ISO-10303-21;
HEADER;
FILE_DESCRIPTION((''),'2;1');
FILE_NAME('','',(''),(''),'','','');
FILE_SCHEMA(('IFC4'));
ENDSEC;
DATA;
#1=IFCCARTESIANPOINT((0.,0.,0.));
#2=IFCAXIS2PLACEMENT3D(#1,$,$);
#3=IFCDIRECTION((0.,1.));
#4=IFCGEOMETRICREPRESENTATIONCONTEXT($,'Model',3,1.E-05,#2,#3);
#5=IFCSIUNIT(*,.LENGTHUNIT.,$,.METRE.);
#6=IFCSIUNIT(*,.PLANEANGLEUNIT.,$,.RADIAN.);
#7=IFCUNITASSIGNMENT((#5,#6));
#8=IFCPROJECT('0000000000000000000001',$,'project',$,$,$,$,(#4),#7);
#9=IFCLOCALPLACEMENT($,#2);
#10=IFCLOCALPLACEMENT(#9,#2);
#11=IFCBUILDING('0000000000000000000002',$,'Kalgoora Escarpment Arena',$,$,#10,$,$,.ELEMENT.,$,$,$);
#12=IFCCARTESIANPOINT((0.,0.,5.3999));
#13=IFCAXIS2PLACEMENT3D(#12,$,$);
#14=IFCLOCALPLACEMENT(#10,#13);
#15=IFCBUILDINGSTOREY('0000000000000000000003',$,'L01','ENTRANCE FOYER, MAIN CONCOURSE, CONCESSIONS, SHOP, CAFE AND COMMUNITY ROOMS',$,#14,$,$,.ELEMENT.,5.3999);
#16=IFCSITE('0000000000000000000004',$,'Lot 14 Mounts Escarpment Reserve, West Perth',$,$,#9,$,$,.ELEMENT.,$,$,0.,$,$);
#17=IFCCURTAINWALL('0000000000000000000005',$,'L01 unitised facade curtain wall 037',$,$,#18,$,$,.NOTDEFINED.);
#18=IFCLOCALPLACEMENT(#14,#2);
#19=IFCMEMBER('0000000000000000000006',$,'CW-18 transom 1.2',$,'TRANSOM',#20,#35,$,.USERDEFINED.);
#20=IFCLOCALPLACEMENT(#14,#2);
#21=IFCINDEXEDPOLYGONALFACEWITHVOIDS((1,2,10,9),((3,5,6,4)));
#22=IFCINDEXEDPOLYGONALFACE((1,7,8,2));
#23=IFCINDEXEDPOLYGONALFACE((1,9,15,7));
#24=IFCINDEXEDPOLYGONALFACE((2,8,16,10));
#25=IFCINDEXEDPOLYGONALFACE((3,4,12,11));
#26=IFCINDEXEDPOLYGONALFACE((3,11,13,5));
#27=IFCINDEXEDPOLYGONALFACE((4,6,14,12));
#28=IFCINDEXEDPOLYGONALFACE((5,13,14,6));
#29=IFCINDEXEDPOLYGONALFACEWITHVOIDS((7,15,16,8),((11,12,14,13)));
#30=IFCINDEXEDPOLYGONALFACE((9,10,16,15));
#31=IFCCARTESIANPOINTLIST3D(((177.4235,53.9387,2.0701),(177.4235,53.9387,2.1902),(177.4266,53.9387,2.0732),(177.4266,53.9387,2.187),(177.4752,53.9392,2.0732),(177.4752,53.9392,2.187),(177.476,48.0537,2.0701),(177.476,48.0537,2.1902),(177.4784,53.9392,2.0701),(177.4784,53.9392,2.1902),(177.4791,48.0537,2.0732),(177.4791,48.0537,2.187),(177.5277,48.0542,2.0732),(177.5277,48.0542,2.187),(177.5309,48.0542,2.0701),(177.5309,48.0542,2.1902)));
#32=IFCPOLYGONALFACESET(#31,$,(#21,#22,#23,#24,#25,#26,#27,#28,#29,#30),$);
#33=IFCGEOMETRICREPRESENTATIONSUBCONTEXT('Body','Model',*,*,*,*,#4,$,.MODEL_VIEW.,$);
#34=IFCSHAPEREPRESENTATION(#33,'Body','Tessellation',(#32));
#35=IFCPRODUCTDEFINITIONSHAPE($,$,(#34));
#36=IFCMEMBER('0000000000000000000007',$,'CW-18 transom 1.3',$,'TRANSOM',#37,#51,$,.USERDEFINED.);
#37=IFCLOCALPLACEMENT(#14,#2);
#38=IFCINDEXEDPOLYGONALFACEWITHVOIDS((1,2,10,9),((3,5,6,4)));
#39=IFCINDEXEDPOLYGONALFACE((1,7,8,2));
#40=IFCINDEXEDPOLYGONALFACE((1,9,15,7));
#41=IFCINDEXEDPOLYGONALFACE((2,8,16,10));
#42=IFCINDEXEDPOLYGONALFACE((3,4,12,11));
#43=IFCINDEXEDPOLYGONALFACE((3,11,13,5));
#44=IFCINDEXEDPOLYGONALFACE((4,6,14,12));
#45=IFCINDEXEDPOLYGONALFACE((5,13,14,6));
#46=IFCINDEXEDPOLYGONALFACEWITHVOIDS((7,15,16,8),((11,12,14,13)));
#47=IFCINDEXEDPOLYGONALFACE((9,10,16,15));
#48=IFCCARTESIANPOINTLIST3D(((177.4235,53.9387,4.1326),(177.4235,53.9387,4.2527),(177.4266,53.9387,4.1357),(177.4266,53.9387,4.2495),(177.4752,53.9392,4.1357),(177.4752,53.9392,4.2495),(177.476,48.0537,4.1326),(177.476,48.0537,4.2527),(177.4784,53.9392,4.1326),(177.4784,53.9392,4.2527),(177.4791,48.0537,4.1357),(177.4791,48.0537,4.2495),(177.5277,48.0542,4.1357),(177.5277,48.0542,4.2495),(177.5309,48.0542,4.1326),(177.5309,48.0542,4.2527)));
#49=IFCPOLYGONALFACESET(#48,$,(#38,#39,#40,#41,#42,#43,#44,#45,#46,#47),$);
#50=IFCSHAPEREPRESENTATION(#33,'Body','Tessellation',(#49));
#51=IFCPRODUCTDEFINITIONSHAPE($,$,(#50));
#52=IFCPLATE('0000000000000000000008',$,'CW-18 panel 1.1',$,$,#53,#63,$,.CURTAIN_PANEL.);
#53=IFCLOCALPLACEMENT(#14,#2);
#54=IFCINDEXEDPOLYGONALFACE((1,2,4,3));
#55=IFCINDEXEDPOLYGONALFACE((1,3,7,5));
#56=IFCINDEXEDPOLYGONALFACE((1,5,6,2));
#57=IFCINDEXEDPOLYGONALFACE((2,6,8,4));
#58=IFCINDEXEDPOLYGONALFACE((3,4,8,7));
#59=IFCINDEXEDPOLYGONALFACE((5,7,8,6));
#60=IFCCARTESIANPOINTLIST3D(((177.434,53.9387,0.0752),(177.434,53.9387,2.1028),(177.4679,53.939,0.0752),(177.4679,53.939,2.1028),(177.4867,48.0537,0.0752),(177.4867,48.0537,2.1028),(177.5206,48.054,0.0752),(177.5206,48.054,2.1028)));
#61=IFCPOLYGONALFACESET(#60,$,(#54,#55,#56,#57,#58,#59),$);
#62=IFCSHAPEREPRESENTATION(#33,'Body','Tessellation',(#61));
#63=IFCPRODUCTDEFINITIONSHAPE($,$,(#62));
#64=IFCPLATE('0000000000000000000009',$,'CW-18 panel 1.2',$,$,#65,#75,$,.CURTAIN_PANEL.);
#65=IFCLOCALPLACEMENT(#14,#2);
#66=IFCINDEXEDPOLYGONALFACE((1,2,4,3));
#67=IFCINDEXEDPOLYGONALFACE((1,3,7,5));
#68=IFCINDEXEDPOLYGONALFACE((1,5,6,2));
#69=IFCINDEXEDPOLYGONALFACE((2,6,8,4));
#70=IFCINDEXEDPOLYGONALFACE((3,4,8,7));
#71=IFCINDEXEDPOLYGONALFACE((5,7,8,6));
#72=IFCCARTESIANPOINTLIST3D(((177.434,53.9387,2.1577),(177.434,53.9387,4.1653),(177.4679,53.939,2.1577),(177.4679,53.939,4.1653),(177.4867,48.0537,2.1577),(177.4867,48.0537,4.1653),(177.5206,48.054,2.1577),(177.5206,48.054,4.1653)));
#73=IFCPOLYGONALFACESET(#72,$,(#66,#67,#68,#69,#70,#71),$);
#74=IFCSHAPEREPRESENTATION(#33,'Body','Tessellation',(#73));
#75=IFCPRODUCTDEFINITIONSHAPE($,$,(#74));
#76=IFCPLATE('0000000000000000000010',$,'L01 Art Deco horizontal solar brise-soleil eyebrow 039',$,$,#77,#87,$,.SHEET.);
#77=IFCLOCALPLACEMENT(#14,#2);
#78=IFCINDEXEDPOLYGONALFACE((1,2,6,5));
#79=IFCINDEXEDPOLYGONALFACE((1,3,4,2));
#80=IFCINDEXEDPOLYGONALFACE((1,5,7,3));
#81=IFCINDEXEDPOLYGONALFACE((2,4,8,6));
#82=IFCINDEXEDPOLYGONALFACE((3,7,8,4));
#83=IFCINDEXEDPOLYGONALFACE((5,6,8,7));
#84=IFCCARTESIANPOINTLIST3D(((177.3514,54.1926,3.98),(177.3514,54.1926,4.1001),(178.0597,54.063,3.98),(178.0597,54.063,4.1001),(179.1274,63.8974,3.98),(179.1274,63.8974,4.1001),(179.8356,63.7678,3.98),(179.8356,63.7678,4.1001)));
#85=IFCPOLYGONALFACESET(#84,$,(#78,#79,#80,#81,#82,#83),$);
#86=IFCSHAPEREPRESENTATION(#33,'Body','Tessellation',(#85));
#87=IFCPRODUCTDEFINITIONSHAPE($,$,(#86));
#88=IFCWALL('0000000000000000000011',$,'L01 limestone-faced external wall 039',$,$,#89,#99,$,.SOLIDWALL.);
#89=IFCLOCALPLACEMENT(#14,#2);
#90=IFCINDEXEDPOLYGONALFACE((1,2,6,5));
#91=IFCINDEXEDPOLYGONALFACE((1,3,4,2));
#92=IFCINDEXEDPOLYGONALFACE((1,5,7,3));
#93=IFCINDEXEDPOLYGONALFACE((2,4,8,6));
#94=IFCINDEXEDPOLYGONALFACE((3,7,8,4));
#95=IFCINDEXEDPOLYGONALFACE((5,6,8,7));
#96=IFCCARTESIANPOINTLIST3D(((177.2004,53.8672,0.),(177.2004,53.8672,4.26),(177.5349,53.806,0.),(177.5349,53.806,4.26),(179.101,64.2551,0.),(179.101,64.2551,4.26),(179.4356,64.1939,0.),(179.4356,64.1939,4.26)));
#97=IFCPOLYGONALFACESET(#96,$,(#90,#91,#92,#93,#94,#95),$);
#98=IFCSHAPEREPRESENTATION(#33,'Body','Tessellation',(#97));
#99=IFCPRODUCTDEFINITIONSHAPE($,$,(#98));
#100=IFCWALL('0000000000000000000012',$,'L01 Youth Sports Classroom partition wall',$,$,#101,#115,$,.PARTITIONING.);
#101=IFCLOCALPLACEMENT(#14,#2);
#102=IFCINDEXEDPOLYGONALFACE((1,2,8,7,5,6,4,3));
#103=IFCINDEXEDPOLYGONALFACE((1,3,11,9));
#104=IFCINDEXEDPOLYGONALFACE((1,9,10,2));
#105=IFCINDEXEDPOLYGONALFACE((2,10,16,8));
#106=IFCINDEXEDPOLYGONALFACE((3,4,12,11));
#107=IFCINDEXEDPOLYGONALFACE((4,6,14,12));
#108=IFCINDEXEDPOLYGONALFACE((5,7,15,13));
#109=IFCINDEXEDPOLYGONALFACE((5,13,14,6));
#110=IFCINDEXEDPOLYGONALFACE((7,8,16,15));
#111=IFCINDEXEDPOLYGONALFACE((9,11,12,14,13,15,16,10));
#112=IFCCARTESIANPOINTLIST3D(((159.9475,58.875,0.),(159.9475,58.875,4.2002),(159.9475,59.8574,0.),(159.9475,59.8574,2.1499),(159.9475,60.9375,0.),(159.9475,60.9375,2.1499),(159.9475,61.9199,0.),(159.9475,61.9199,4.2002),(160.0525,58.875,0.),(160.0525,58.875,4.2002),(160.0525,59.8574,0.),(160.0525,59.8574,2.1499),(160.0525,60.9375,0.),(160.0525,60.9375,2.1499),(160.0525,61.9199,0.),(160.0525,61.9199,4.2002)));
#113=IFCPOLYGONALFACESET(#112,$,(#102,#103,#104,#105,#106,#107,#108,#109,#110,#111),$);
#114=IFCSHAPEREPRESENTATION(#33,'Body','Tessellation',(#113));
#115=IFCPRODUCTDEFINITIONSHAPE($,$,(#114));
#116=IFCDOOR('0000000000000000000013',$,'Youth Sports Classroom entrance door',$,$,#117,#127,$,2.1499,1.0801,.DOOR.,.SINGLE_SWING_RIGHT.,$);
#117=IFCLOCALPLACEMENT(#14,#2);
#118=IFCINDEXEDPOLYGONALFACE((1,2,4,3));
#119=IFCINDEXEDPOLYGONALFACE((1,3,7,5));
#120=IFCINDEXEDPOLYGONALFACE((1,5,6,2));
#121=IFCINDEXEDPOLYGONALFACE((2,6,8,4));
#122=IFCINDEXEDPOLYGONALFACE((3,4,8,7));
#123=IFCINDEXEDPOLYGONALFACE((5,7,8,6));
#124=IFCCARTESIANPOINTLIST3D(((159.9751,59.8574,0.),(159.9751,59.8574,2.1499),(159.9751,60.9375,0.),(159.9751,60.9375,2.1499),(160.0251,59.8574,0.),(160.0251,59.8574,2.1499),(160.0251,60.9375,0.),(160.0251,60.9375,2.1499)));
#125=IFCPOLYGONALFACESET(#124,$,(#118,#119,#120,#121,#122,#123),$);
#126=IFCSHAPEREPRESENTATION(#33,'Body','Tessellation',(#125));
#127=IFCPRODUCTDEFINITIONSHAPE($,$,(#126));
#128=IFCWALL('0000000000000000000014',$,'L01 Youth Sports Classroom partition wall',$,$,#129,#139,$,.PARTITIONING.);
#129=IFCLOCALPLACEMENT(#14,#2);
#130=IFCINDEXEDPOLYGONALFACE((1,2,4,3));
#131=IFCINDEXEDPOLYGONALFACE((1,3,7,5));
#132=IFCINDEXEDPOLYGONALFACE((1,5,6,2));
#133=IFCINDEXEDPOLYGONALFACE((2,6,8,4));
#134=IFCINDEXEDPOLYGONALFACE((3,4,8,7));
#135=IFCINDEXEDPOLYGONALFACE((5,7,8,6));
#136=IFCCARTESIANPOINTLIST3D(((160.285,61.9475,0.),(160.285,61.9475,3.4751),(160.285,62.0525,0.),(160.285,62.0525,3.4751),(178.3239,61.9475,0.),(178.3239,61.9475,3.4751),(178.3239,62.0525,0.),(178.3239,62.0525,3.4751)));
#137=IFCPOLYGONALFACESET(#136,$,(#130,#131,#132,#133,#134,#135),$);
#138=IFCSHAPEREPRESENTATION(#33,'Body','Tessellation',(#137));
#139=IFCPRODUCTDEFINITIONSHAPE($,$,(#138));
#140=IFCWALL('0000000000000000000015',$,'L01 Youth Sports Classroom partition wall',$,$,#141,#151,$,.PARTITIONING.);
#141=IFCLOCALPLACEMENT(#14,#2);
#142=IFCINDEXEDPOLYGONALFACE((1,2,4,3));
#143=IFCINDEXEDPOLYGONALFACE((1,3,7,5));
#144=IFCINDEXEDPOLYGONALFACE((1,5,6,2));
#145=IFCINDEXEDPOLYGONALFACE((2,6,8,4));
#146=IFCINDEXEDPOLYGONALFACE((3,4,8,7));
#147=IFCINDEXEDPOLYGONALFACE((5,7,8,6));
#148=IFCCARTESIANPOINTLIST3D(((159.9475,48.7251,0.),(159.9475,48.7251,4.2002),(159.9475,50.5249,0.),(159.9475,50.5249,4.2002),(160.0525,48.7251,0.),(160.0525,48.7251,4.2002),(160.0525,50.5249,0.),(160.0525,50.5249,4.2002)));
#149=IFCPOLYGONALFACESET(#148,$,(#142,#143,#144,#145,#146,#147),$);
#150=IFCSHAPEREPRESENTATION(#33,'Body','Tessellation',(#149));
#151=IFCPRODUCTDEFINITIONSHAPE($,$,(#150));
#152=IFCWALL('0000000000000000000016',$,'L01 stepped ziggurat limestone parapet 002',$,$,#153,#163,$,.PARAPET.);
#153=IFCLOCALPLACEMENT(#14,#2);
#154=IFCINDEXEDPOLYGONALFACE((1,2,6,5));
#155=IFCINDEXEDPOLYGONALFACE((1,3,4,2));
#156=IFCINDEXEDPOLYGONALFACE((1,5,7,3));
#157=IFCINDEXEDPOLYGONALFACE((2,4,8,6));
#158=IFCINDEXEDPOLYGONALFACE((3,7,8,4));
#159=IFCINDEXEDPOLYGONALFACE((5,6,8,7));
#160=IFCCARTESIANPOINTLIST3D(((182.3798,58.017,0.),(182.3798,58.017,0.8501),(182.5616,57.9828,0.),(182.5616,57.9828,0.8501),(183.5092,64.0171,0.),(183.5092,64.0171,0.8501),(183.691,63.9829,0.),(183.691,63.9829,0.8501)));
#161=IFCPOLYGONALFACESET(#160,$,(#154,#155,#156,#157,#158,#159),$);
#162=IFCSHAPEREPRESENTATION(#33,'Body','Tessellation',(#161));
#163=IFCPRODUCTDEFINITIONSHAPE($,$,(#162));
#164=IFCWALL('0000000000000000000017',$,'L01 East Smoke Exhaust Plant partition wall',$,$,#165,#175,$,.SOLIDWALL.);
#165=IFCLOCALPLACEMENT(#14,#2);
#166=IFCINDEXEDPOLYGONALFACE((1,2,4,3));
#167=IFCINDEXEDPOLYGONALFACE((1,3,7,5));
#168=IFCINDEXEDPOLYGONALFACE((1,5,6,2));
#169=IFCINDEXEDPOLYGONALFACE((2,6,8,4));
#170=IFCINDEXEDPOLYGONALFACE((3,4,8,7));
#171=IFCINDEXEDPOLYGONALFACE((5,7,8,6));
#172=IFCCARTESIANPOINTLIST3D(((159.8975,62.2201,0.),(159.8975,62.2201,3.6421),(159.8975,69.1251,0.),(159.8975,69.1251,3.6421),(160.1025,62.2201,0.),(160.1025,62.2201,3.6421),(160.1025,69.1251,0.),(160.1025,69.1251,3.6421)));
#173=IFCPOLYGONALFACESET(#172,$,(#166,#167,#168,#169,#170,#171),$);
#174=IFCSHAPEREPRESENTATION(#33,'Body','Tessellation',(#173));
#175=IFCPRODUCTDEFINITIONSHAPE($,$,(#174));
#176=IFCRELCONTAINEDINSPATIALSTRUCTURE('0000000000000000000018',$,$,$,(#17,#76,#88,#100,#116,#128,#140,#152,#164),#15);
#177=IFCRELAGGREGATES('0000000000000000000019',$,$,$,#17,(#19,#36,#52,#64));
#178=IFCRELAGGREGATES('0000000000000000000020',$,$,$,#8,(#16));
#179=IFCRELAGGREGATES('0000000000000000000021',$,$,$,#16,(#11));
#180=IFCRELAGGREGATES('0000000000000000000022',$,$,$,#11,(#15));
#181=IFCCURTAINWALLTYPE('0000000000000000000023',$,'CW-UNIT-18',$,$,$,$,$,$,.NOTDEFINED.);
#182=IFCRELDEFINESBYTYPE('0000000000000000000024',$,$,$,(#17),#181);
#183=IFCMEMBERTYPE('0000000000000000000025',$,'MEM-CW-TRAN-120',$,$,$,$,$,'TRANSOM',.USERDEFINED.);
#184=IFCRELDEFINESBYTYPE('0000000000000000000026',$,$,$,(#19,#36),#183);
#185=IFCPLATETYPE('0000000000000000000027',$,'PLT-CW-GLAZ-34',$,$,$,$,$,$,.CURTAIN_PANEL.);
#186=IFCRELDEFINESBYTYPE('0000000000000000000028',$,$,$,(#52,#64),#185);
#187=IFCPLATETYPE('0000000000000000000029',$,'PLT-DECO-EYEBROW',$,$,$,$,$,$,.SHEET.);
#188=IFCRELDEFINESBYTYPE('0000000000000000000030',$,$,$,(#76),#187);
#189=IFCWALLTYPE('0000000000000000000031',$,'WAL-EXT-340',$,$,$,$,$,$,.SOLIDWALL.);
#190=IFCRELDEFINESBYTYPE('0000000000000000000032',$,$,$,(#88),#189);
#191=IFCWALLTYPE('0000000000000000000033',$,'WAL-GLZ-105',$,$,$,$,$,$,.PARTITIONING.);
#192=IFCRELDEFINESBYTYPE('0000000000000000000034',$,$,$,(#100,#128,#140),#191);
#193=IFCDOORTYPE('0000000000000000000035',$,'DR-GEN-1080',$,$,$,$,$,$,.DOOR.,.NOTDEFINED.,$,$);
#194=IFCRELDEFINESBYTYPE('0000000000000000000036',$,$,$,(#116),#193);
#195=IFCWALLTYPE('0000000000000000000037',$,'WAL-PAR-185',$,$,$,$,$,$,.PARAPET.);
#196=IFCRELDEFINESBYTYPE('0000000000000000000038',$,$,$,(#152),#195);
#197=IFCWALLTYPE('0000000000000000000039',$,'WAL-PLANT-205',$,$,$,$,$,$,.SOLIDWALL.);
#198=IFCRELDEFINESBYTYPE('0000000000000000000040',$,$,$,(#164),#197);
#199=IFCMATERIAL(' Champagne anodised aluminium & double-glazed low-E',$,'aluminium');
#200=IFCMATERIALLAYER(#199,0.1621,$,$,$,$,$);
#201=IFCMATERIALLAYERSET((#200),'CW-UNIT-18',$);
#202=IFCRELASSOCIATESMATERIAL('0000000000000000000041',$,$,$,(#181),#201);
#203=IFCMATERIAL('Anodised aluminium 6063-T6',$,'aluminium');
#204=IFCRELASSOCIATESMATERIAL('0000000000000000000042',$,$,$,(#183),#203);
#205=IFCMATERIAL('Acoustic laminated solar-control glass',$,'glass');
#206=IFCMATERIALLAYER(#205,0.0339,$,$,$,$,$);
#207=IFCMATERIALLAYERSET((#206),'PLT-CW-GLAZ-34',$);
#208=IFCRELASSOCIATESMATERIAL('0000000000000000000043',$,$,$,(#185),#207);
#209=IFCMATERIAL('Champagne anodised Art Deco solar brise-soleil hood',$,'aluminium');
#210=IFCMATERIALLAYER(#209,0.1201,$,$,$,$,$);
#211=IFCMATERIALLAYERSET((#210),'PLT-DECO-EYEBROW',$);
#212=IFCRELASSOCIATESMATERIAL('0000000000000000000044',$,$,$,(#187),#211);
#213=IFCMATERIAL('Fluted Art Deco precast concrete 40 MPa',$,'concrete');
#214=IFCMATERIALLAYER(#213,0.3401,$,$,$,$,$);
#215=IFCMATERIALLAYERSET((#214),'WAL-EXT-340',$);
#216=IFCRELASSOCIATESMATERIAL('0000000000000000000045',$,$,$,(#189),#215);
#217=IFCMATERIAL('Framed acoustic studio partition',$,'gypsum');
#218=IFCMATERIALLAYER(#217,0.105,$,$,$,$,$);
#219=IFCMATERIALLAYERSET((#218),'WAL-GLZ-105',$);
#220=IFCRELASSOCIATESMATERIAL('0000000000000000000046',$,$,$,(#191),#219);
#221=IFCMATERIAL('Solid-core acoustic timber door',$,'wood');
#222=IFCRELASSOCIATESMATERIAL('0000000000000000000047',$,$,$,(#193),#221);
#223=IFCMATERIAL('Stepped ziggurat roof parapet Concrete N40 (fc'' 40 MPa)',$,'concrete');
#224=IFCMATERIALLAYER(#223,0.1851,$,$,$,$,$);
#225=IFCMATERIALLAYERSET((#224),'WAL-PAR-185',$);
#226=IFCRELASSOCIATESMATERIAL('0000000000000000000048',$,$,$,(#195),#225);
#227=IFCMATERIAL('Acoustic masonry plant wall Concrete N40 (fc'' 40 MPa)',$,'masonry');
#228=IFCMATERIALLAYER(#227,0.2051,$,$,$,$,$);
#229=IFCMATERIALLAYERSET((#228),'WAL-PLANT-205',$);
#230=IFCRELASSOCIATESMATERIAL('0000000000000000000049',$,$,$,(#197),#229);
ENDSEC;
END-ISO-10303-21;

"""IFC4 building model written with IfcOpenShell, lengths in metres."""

from ifc_helpers import new_model, si_unit, direction, frame, frame_2d, origin, origin_2d, place, context, subcontext, project, spatial, rectangle, hollow_rectangle, extrude, material, layer, layer_set, material_profile, profile_set, type_object, element, fill, aggregate, save


model = new_model("IFC4")

# Units and contexts
model_context = context("Model", 3, precision=1e-05, world=origin(), true_north=direction((0.0, 1.0)))
body_context = subcontext(model_context, "Body", "Model", "MODEL_VIEW")
ifc_project = project(units=[si_unit("LENGTHUNIT", "METRE"), si_unit("PLANEANGLEUNIT", "RADIAN")], contexts=[model_context])

# Site, building, storey
site_placement = place(None, origin())
site = spatial("IfcSite", under=ifc_project, at=site_placement, Name="Lot 14 Mounts Escarpment Reserve, West Perth", CompositionType="ELEMENT", RefElevation=0.0)
building_placement = place(site_placement, origin())
building = spatial("IfcBuilding", under=site, at=building_placement, Name="Kalgoora Escarpment Arena", CompositionType="ELEMENT")
storey_placement = place(building_placement, frame((0.0, 0.0, 5.3999)))
storey = spatial("IfcBuildingStorey", under=building, at=storey_placement, Name="L01", Description="ENTRANCE FOYER, MAIN CONCOURSE, CONCESSIONS, SHOP, CAFE AND COMMUNITY ROOMS", CompositionType="ELEMENT", Elevation=5.3999)

# Curtain wall, members, plates
ifc_material_1 = material(Name=" Champagne anodised aluminium & double-glazed low-E", Category="aluminium")
ifc_layer_1 = layer(ifc_material_1, 0.1621)
ifc_layer_set_1 = layer_set([ifc_layer_1], Name="CW-UNIT-18")
curtain_wall_type_1 = type_object("IfcCurtainWallType", Name="CW-UNIT-18", PredefinedType="NOTDEFINED", material=ifc_layer_set_1)
curtain_wall_1_placement = place(storey_placement, origin())
curtain_wall_1 = element("IfcCurtainWall", 1, at=curtain_wall_1_placement, inside=storey, type_object=curtain_wall_type_1, Name="L01 unitised facade curtain wall 037", PredefinedType="NOTDEFINED")
ifc_material_2 = material(Name="Anodised aluminium 6063-T6", Category="aluminium")
ifc_material_profile_1 = material_profile(ifc_material_2, hollow_rectangle(XDim=0.0549, YDim=0.1201, WallThickness=0.0032, at=origin_2d()))
ifc_profile_set_1 = profile_set([ifc_material_profile_1], Name="Anodised aluminium 6063-T6")
member_type_1 = type_object("IfcMemberType", Name="MEM-CW-TRAN-120", ElementType="TRANSOM", PredefinedType="USERDEFINED", material=ifc_profile_set_1)
member_1_placement = place(storey_placement, frame((177.4509, 53.939, 2.1301), z_axis=(0.008919, -0.99996, 0.0), x_axis=(0.99996, 0.008919, 0.0)))
member_1 = element("IfcMember", 2, at=member_1_placement, type_object=member_type_1, Name="CW-18 transom 1.2", ObjectType="TRANSOM", PredefinedType="USERDEFINED", context=body_context, shape_type="SweptSolid", body=[
    extrude(hollow_rectangle(XDim=0.0549, YDim=0.1201, WallThickness=0.0032, at=origin_2d()), origin(), (0.0, 0.0, 1.0), 5.8853),
])
member_2_placement = place(storey_placement, frame((177.4509, 53.939, 4.1926), z_axis=(0.008919, -0.99996, 0.0), x_axis=(0.99996, 0.008919, 0.0)))
member_2 = element("IfcMember", 3, at=member_2_placement, type_object=member_type_1, Name="CW-18 transom 1.3", ObjectType="TRANSOM", PredefinedType="USERDEFINED", context=body_context, shape_type="SweptSolid", body=[
    extrude(hollow_rectangle(XDim=0.0549, YDim=0.1201, WallThickness=0.0032, at=origin_2d()), origin(), (0.0, 0.0, 1.0), 5.8853),
])
ifc_material_3 = material(Name="Acoustic laminated solar-control glass", Category="glass")
ifc_layer_2 = layer(ifc_material_3, 0.0339)
ifc_layer_set_2 = layer_set([ifc_layer_2], Name="PLT-CW-GLAZ-34")
plate_type_1 = type_object("IfcPlateType", Name="PLT-CW-GLAZ-34", PredefinedType="CURTAIN_PANEL", material=ifc_layer_set_2)
plate_1_placement = place(storey_placement, frame((177.4773, 50.9963, 0.0752), z_axis=(0.0, 0.0, 1.0), x_axis=(0.008954, -0.99996, 0.0)))
plate_1 = element("IfcPlate", 4, at=plate_1_placement, type_object=plate_type_1, Name="CW-18 panel 1.1", PredefinedType="CURTAIN_PANEL", context=body_context, shape_type="SweptSolid", body=[
    extrude(rectangle(XDim=5.8853, YDim=0.0339, at=origin_2d()), origin(), (0.0, 0.0, 1.0), 2.0276),
])
plate_2_placement = place(storey_placement, frame((177.4773, 50.9963, 2.1577), z_axis=(0.0, 0.0, 1.0), x_axis=(0.008954, -0.99996, 0.0)))
plate_2 = element("IfcPlate", 5, at=plate_2_placement, type_object=plate_type_1, Name="CW-18 panel 1.2", PredefinedType="CURTAIN_PANEL", context=body_context, shape_type="SweptSolid", body=[
    extrude(rectangle(XDim=5.8853, YDim=0.0339, at=origin_2d()), origin(), (0.0, 0.0, 1.0), 2.0076),
])
aggregate(curtain_wall_1, [member_1, member_2, plate_1, plate_2])

# Plate
ifc_material_4 = material(Name="Champagne anodised Art Deco solar brise-soleil hood", Category="aluminium")
ifc_layer_3 = layer(ifc_material_4, 0.1201)
ifc_layer_set_3 = layer_set([ifc_layer_3], Name="PLT-DECO-EYEBROW")
plate_type_2 = type_object("IfcPlateType", Name="PLT-DECO-EYEBROW", PredefinedType="SHEET", material=ifc_layer_set_3)
plate_3_placement = place(storey_placement, frame((178.5935, 58.9802, 3.98), z_axis=(0.0, 0.0, 1.0), x_axis=(-0.180004, -0.983666, 0.0)))
element("IfcPlate", 6, at=plate_3_placement, inside=storey, type_object=plate_type_2, Name="L01 Art Deco horizontal solar brise-soleil eyebrow 039", PredefinedType="SHEET", context=body_context, shape_type="SweptSolid", body=[
    extrude(rectangle(XDim=9.866, YDim=0.72, at=origin_2d()), origin(), (0.0, 0.0, 1.0), 0.1201),
])

# Wall
ifc_material_5 = material(Name="Fluted Art Deco precast concrete 40 MPa", Category="concrete")
ifc_layer_4 = layer(ifc_material_5, 0.3401)
ifc_layer_set_4 = layer_set([ifc_layer_4], Name="WAL-EXT-340")
wall_type_1 = type_object("IfcWallType", Name="WAL-EXT-340", PredefinedType="SOLIDWALL", material=ifc_layer_set_4)
wall_1_placement = place(storey_placement, frame((179.2683, 64.2246, 0.0), z_axis=(0.0, 0.0, 1.0), x_axis=(-0.179978, -0.983671, 0.0)))
element("IfcWall", 7, at=wall_1_placement, inside=storey, type_object=wall_type_1, Name="L01 limestone-faced external wall 039", PredefinedType="SOLIDWALL", context=body_context, shape_type="SweptSolid", body=[
    extrude(rectangle(XDim=10.5603, YDim=0.3401, at=frame_2d((5.2803, 0.0))), origin(), (0.0, 0.0, 1.0), 4.26),
])

# Wall, opening, door
ifc_material_6 = material(Name="Framed acoustic studio partition", Category="gypsum")
ifc_layer_5 = layer(ifc_material_6, 0.105)
ifc_layer_set_5 = layer_set([ifc_layer_5], Name="WAL-GLZ-105")
wall_type_2 = type_object("IfcWallType", Name="WAL-GLZ-105", PredefinedType="PARTITIONING", material=ifc_layer_set_5)
wall_2_placement = place(storey_placement, frame((160.0, 58.875, 0.0), z_axis=(0.0, 0.0, 1.0), x_axis=(0.0, 1.0, 0.0)))
wall_2 = element("IfcWall", 8, at=wall_2_placement, inside=storey, type_object=wall_type_2, Name="L01 Youth Sports Classroom partition wall", PredefinedType="PARTITIONING", context=body_context, shape_type="SweptSolid", body=[
    extrude(rectangle(XDim=3.0449, YDim=0.105, at=frame_2d((1.5225, 0.0))), origin(), (0.0, 0.0, 1.0), 4.2002),
])
opening_placement = place(wall_2_placement, frame((0.9824, 0.0, 0.0)))
opening = element("IfcOpeningElement", 9, at=opening_placement, cuts=wall_2, PredefinedType="OPENING", context=body_context, shape_type="SweptSolid", body=[
    extrude(rectangle(XDim=1.0801, YDim=2.1499, at=frame_2d((0.54, 1.075))), frame((0.0, 0.0625, 0.0), z_axis=(0.0, -1.0, 0.0), x_axis=(1.0, 0.0, 0.0)), (0.0, 0.0, 1.0), 0.125),
])
ifc_material_7 = material(Name="Solid-core acoustic timber door", Category="wood")
door_type = type_object("IfcDoorType", Name="DR-GEN-1080", OperationType="NOTDEFINED", PredefinedType="DOOR", material=ifc_material_7)
door_placement = place(opening_placement, origin())
door = element("IfcDoor", 10, at=door_placement, inside=storey, type_object=door_type, Name="Youth Sports Classroom entrance door", OperationType="SINGLE_SWING_RIGHT", OverallHeight=2.1499, OverallWidth=1.0801, PredefinedType="DOOR", context=body_context, shape_type="SweptSolid", body=[
    extrude(rectangle(XDim=1.0801, YDim=2.1499, at=frame_2d((0.54, 1.075))), frame((0.0, 0.0249, 0.0), z_axis=(0.0, -1.0, 0.0), x_axis=(1.0, 0.0, 0.0)), (0.0, 0.0, 1.0), 0.05),
])
fill(opening, door)

# Walls
wall_3_placement = place(storey_placement, frame((160.2849, 62.0, 0.0), z_axis=(0.0, 0.0, 1.0), x_axis=(1.0, 0.0, 0.0)))
element("IfcWall", 11, at=wall_3_placement, inside=storey, type_object=wall_type_2, Name="L01 Youth Sports Classroom partition wall", PredefinedType="PARTITIONING", context=body_context, shape_type="SweptSolid", body=[
    extrude(rectangle(XDim=18.0388, YDim=0.105, at=frame_2d((9.0195, 0.0))), origin(), (0.0, 0.0, 1.0), 3.4751),
])
wall_4_placement = place(storey_placement, frame((160.0, 48.7251, 0.0), z_axis=(0.0, 0.0, 1.0), x_axis=(0.0, 1.0, 0.0)))
element("IfcWall", 12, at=wall_4_placement, inside=storey, type_object=wall_type_2, Name="L01 Youth Sports Classroom partition wall", PredefinedType="PARTITIONING", context=body_context, shape_type="SweptSolid", body=[
    extrude(rectangle(XDim=1.7998, YDim=0.105, at=frame_2d((0.8999, 0.0))), origin(), (0.0, 0.0, 1.0), 4.2002),
])
ifc_material_8 = material(Name="Stepped ziggurat roof parapet Concrete N40 (fc' 40 MPa)", Category="concrete")
ifc_layer_6 = layer(ifc_material_8, 0.1851)
ifc_layer_set_6 = layer_set([ifc_layer_6], Name="WAL-PAR-185")
wall_type_3 = type_object("IfcWallType", Name="WAL-PAR-185", PredefinedType="PARAPET", material=ifc_layer_set_6)
wall_5_placement = place(storey_placement, frame((183.6001, 64.0, 0.0), z_axis=(0.0, 0.0, 1.0), x_axis=(-0.184984, -0.982742, 0.0)))
element("IfcWall", 13, at=wall_5_placement, inside=storey, type_object=wall_type_3, Name="L01 stepped ziggurat limestone parapet 002", PredefinedType="PARAPET", context=body_context, shape_type="SweptSolid", body=[
    extrude(rectangle(XDim=6.1055, YDim=0.1851, at=frame_2d((3.0527, 0.0))), origin(), (0.0, 0.0, 1.0), 0.8501),
])
ifc_material_9 = material(Name="Acoustic masonry plant wall Concrete N40 (fc' 40 MPa)", Category="masonry")
ifc_layer_7 = layer(ifc_material_9, 0.2051)
ifc_layer_set_7 = layer_set([ifc_layer_7], Name="WAL-PLANT-205")
wall_type_4 = type_object("IfcWallType", Name="WAL-PLANT-205", PredefinedType="SOLIDWALL", material=ifc_layer_set_7)
wall_6_placement = place(storey_placement, frame((160.0, 62.22, 0.0), z_axis=(0.0, 0.0, 1.0), x_axis=(0.0, 1.0, 0.0)))
element("IfcWall", 14, at=wall_6_placement, inside=storey, type_object=wall_type_4, Name="L01 East Smoke Exhaust Plant partition wall", PredefinedType="SOLIDWALL", context=body_context, shape_type="SweptSolid", body=[
    extrude(rectangle(XDim=6.905, YDim=0.2051, at=frame_2d((3.4526, 0.0))), origin(), (0.0, 0.0, 1.0), 3.6421),
])

save(model, "model.ifc")
